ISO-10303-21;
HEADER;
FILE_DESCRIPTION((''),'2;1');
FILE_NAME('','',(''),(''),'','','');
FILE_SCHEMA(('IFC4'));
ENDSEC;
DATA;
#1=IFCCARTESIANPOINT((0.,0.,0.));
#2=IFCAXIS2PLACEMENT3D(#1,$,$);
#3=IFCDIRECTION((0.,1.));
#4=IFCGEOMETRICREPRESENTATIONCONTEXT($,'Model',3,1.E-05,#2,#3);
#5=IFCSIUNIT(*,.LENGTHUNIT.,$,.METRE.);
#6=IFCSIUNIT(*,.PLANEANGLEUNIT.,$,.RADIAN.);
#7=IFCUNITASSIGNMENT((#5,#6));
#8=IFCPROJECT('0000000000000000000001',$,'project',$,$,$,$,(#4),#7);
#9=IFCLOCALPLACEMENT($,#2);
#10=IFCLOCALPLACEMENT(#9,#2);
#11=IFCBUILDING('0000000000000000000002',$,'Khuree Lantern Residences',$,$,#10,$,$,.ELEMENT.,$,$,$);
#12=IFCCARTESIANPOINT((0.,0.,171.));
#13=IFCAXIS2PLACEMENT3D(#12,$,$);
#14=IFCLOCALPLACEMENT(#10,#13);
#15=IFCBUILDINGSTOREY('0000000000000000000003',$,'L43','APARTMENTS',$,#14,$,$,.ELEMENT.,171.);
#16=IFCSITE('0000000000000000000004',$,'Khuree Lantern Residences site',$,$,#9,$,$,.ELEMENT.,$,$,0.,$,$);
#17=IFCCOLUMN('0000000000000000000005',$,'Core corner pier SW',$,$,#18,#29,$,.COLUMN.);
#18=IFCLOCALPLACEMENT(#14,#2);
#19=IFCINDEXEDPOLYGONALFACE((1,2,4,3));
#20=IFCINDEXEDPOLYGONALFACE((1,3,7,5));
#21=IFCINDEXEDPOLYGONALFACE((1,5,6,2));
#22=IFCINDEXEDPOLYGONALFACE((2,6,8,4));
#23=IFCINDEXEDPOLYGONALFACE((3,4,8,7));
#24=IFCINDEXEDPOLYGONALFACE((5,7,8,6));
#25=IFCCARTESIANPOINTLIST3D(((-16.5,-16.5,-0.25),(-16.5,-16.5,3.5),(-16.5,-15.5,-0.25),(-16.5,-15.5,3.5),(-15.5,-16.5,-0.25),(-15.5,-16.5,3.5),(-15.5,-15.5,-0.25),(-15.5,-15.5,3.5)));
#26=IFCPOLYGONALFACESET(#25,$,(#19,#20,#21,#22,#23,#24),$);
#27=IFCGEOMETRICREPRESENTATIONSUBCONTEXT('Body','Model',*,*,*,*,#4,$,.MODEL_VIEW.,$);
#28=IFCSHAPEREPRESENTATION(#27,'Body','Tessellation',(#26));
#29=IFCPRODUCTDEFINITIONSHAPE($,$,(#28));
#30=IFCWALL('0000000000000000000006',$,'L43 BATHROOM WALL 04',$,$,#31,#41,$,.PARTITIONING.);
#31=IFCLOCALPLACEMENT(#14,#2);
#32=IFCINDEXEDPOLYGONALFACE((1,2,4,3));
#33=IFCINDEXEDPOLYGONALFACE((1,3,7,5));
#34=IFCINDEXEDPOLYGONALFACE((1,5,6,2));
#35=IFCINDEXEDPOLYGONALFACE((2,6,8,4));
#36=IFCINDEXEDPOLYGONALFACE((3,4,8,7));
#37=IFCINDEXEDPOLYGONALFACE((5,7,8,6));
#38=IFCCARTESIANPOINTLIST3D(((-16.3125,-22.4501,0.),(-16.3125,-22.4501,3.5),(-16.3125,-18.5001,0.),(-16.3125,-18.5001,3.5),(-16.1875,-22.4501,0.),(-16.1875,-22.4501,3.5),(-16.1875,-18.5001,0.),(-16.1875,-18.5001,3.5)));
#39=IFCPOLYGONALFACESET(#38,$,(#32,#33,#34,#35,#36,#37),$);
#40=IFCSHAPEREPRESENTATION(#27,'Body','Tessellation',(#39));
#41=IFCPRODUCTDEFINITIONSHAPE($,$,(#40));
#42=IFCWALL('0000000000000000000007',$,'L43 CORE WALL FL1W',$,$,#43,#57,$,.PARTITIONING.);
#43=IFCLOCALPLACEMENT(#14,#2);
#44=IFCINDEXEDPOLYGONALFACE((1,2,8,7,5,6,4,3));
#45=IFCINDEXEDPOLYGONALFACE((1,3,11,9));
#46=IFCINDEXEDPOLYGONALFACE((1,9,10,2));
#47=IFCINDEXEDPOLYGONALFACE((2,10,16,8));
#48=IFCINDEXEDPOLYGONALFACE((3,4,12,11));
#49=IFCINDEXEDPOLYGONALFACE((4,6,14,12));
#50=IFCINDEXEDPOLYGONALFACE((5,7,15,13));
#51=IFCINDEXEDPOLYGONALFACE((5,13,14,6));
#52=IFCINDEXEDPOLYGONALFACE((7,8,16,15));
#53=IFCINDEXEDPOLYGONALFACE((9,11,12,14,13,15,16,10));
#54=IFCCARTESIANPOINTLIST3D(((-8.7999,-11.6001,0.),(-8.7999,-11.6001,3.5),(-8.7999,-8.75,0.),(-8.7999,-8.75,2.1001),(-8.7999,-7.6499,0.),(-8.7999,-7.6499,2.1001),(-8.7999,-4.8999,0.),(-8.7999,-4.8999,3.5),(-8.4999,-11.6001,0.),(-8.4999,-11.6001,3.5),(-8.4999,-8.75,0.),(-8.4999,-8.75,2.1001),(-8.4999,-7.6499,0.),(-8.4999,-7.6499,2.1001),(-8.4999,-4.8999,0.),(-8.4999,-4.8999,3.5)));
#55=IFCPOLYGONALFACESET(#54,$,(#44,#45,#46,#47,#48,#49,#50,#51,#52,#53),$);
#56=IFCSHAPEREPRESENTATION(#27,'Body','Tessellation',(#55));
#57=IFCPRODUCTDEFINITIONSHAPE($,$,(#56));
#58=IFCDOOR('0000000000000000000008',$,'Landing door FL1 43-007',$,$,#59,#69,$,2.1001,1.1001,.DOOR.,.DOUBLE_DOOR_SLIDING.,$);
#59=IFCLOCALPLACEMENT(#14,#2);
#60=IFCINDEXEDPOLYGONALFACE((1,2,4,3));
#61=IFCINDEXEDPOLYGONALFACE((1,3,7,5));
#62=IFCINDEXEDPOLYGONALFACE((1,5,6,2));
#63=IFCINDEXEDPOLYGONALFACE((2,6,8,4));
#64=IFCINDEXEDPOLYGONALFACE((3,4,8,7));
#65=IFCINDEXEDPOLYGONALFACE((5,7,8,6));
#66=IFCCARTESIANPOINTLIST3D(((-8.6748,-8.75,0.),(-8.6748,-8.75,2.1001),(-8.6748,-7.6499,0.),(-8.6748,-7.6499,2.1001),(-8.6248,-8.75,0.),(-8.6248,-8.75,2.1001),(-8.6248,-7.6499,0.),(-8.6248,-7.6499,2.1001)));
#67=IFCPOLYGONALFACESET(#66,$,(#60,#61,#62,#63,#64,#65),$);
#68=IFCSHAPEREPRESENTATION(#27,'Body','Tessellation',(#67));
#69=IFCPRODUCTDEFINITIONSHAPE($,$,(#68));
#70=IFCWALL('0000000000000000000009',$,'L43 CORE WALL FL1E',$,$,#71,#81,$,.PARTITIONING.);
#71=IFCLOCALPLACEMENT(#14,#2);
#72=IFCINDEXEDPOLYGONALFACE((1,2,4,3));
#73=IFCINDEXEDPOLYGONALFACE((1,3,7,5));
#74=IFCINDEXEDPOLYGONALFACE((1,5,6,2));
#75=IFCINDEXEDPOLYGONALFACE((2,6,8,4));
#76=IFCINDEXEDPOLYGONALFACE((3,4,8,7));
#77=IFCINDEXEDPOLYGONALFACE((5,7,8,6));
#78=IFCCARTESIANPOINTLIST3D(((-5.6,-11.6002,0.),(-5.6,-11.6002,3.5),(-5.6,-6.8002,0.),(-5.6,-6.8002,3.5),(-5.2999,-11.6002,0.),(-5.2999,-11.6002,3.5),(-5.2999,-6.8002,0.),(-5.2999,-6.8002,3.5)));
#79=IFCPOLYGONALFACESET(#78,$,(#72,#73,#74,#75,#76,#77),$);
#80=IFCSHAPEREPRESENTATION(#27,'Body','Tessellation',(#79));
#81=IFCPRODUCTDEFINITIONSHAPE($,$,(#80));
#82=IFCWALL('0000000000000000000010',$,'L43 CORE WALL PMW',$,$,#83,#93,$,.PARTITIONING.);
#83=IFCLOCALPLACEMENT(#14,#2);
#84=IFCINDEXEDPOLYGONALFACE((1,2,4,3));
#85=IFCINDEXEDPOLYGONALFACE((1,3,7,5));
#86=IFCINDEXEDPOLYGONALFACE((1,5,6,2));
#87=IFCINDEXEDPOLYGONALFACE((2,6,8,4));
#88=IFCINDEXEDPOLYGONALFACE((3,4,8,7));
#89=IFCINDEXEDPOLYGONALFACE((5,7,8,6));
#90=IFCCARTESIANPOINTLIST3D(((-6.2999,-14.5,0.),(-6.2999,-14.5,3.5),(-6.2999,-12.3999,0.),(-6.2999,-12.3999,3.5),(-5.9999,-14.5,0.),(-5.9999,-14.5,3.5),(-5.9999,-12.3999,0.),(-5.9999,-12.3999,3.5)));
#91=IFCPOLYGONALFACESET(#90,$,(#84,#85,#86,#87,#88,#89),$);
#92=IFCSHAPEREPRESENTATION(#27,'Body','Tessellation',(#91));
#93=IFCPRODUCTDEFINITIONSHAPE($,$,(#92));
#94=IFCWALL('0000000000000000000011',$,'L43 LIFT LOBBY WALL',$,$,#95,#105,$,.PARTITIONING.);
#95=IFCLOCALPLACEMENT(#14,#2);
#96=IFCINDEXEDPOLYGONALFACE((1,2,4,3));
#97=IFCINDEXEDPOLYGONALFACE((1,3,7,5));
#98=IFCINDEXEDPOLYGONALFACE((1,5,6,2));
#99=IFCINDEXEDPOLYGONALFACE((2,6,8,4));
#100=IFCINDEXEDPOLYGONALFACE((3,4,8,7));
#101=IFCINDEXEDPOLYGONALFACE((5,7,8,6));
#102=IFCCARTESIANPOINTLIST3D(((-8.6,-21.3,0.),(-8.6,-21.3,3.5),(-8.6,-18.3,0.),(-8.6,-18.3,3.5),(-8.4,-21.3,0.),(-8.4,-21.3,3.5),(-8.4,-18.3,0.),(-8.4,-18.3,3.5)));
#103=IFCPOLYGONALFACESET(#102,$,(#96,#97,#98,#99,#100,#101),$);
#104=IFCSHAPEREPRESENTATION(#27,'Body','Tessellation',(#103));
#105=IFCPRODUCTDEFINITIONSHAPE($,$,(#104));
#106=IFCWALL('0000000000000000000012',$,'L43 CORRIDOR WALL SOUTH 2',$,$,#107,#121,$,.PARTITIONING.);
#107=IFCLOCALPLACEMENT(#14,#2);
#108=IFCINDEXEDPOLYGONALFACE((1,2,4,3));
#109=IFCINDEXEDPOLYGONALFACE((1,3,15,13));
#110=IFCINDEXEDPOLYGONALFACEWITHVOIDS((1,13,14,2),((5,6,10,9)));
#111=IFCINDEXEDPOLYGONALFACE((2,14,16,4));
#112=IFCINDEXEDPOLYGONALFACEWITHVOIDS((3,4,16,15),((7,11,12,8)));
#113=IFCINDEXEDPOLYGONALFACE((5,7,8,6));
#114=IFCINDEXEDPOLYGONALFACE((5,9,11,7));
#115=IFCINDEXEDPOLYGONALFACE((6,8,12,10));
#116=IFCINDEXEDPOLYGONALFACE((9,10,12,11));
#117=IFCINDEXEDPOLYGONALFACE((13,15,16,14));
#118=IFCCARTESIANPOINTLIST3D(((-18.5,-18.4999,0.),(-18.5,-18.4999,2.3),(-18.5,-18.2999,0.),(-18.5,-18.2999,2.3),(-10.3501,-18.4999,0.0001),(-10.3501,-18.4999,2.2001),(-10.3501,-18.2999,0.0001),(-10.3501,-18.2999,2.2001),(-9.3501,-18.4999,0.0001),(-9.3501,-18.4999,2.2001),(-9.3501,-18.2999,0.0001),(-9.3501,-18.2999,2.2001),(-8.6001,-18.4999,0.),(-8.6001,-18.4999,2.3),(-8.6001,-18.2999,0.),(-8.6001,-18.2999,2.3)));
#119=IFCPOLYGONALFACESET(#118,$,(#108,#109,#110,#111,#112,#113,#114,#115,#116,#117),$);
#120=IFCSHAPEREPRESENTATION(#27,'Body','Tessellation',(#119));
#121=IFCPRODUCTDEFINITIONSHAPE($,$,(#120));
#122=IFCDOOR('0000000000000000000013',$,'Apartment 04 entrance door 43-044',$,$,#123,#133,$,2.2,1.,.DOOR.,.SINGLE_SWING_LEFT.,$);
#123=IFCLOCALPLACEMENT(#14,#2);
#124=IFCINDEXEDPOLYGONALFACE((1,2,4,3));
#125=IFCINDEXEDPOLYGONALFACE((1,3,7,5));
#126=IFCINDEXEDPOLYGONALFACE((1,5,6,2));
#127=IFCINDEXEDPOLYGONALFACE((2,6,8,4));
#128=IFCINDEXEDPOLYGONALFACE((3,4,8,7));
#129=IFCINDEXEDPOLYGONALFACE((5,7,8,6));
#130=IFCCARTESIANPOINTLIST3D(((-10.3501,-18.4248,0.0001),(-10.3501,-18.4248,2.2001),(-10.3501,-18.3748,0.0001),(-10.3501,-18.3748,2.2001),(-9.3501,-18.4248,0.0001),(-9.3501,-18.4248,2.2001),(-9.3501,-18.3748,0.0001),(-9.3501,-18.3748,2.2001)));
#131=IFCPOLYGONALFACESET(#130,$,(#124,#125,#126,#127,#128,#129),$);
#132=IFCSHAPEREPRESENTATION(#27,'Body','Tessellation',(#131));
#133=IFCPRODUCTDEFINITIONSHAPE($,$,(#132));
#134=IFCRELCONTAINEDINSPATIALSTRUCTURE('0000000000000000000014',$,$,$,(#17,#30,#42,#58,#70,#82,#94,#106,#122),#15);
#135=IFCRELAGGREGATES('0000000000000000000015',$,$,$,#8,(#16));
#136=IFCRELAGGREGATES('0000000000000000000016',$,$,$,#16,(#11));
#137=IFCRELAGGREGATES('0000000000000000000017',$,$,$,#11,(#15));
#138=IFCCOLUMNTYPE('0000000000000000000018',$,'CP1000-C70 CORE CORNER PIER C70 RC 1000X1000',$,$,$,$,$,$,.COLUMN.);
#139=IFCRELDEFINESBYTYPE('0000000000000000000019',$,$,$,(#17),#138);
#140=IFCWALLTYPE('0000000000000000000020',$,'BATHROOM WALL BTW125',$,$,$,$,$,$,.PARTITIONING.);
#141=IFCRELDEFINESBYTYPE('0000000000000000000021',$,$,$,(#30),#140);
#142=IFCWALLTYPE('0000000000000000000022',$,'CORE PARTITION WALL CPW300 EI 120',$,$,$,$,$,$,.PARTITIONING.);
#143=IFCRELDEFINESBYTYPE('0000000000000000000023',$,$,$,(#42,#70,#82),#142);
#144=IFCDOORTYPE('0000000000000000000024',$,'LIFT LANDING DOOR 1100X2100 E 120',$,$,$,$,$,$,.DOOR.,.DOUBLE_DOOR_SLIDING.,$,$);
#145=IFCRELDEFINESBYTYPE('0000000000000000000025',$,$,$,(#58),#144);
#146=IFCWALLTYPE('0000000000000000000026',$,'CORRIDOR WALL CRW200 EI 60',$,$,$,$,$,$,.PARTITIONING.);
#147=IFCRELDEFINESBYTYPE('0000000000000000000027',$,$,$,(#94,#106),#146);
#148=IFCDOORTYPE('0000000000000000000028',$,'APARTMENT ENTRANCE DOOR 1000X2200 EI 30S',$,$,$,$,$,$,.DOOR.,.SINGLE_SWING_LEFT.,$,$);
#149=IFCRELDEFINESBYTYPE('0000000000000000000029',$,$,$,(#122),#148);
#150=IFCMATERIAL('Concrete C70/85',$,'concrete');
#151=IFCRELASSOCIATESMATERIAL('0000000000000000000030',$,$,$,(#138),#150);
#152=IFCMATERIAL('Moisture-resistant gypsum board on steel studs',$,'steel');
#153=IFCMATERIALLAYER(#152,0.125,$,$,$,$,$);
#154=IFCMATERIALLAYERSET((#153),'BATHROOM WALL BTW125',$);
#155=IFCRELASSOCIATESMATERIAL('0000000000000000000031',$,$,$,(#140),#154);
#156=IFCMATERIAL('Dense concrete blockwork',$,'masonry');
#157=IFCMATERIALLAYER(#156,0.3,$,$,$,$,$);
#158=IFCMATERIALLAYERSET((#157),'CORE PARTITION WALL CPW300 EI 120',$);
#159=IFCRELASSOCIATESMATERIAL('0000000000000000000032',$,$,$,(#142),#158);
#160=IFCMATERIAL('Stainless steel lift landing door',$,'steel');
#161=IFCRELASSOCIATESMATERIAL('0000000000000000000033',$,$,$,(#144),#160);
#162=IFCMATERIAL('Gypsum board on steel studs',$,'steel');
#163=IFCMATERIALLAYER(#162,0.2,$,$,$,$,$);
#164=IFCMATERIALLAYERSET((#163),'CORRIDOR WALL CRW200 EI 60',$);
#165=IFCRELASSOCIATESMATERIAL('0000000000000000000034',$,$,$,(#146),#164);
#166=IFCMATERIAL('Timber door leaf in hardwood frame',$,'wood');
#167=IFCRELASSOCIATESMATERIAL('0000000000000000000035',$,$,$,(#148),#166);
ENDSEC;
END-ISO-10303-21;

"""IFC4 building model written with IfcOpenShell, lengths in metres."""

from ifc_helpers import new_model, si_unit, direction, frame, frame_2d, origin, origin_2d, place, context, subcontext, project, spatial, rectangle, extrude, material, layer, layer_set, material_profile, profile_set, type_object, element, fill, save


model = new_model("IFC4")

# Units and contexts
model_context = context("Model", 3, precision=1e-05, world=origin(), true_north=direction((0.0, 1.0)))
body_context = subcontext(model_context, "Body", "Model", "MODEL_VIEW")
ifc_project = project(units=[si_unit("LENGTHUNIT", "METRE"), si_unit("PLANEANGLEUNIT", "RADIAN")], contexts=[model_context])

# Site, building, storey
site_placement = place(None, origin())
site = spatial("IfcSite", under=ifc_project, at=site_placement, Name="Khuree Lantern Residences site", CompositionType="ELEMENT", RefElevation=0.0)
building_placement = place(site_placement, origin())
building = spatial("IfcBuilding", under=site, at=building_placement, Name="Khuree Lantern Residences", CompositionType="ELEMENT")
storey_placement = place(building_placement, frame((0.0, 0.0, 171.0)))
storey = spatial("IfcBuildingStorey", under=building, at=storey_placement, Name="L43", Description="APARTMENTS", CompositionType="ELEMENT", Elevation=171.0)

# Column
ifc_material_1 = material(Name="Concrete C70/85", Category="concrete")
ifc_material_profile = material_profile(ifc_material_1, rectangle(XDim=1.0, YDim=1.0, at=origin_2d()), Name="RC 1000X1000")
ifc_profile_set = profile_set([ifc_material_profile], Name="Concrete C70/85")
column_type = type_object("IfcColumnType", Name="CP1000-C70 CORE CORNER PIER C70 RC 1000X1000", PredefinedType="COLUMN", material=ifc_profile_set)
column_placement = place(storey_placement, frame((-16.0, -16.0, -0.25), z_axis=(0.0, 0.0, 1.0), x_axis=(1.0, 0.0, 0.0)))
element("IfcColumn", 1, at=column_placement, inside=storey, type_object=column_type, Name="Core corner pier SW", PredefinedType="COLUMN", context=body_context, shape_type="SweptSolid", body=[
    extrude(rectangle(XDim=1.0, YDim=1.0, at=origin_2d()), origin(), (0.0, 0.0, 1.0), 3.75),
])

# Wall
ifc_material_2 = material(Name="Moisture-resistant gypsum board on steel studs", Category="steel")
ifc_layer_1 = layer(ifc_material_2, 0.125)
ifc_layer_set_1 = layer_set([ifc_layer_1], Name="BATHROOM WALL BTW125")
wall_type_1 = type_object("IfcWallType", Name="BATHROOM WALL BTW125", PredefinedType="PARTITIONING", material=ifc_layer_set_1)
wall_1_placement = place(storey_placement, frame((-16.25, -18.5, 0.0), z_axis=(0.0, 0.0, 1.0), x_axis=(0.0, -1.0, 0.0)))
element("IfcWall", 2, at=wall_1_placement, inside=storey, type_object=wall_type_1, Name="L43 BATHROOM WALL 04", PredefinedType="PARTITIONING", context=body_context, shape_type="SweptSolid", body=[
    extrude(rectangle(XDim=3.95, YDim=0.125, at=frame_2d((1.9751, 0.0))), origin(), (0.0, 0.0, 1.0), 3.5),
])

# Wall, opening, door
ifc_material_3 = material(Name="Dense concrete blockwork", Category="masonry")
ifc_layer_2 = layer(ifc_material_3, 0.3)
ifc_layer_set_2 = layer_set([ifc_layer_2], Name="CORE PARTITION WALL CPW300 EI 120")
wall_type_2 = type_object("IfcWallType", Name="CORE PARTITION WALL CPW300 EI 120", PredefinedType="PARTITIONING", material=ifc_layer_set_2)
wall_2_placement = place(storey_placement, frame((-8.6499, -11.6001, 0.0), z_axis=(0.0, 0.0, 1.0), x_axis=(0.0, 1.0, 0.0)))
wall_2 = element("IfcWall", 3, at=wall_2_placement, inside=storey, type_object=wall_type_2, Name="L43 CORE WALL FL1W", PredefinedType="PARTITIONING", context=body_context, shape_type="SweptSolid", body=[
    extrude(rectangle(XDim=6.7002, YDim=0.3, at=frame_2d((3.3501, 0.0))), origin(), (0.0, 0.0, 1.0), 3.5),
])
opening_1_placement = place(wall_2_placement, frame((2.8501, 0.0, 0.0)))
opening_1 = element("IfcOpeningElement", 4, at=opening_1_placement, cuts=wall_2, PredefinedType="OPENING", context=body_context, shape_type="SweptSolid", body=[
    extrude(rectangle(XDim=1.1001, YDim=2.1001, at=frame_2d((0.55, 1.05))), frame((0.0, 0.1602, 0.0), z_axis=(0.0, -1.0, 0.0), x_axis=(1.0, 0.0, 0.0)), (0.0, 0.0, 1.0), 0.3201),
])
ifc_material_4 = material(Name="Stainless steel lift landing door", Category="steel")
door_type_1 = type_object("IfcDoorType", Name="LIFT LANDING DOOR 1100X2100 E 120", OperationType="DOUBLE_DOOR_SLIDING", PredefinedType="DOOR", material=ifc_material_4)
door_1_placement = place(opening_1_placement, origin())
door_1 = element("IfcDoor", 5, at=door_1_placement, inside=storey, type_object=door_type_1, Name="Landing door FL1 43-007", OperationType="DOUBLE_DOOR_SLIDING", OverallHeight=2.1001, OverallWidth=1.1001, PredefinedType="DOOR", context=body_context, shape_type="SweptSolid", body=[
    extrude(rectangle(XDim=1.1001, YDim=2.1001, at=frame_2d((0.55, 1.05))), frame((0.0, 0.0249, 0.0), z_axis=(0.0, -1.0, 0.0), x_axis=(1.0, 0.0, 0.0)), (0.0, 0.0, 1.0), 0.05),
])
fill(opening_1, door_1)

# Walls
wall_3_placement = place(storey_placement, frame((-5.45, -11.6001, 0.0), z_axis=(0.0, 0.0, 1.0), x_axis=(0.0, 1.0, 0.0)))
element("IfcWall", 6, at=wall_3_placement, inside=storey, type_object=wall_type_2, Name="L43 CORE WALL FL1E", PredefinedType="PARTITIONING", context=body_context, shape_type="SweptSolid", body=[
    extrude(rectangle(XDim=4.8, YDim=0.3, at=frame_2d((2.3999, 0.0))), origin(), (0.0, 0.0, 1.0), 3.5),
])
wall_4_placement = place(storey_placement, frame((-6.1499, -14.5, 0.0), z_axis=(0.0, 0.0, 1.0), x_axis=(0.0, 1.0, 0.0)))
element("IfcWall", 7, at=wall_4_placement, inside=storey, type_object=wall_type_2, Name="L43 CORE WALL PMW", PredefinedType="PARTITIONING", context=body_context, shape_type="SweptSolid", body=[
    extrude(rectangle(XDim=2.1001, YDim=0.3, at=frame_2d((1.05, 0.0))), origin(), (0.0, 0.0, 1.0), 3.5),
])
ifc_material_5 = material(Name="Gypsum board on steel studs", Category="steel")
ifc_layer_3 = layer(ifc_material_5, 0.2)
ifc_layer_set_3 = layer_set([ifc_layer_3], Name="CORRIDOR WALL CRW200 EI 60")
wall_type_3 = type_object("IfcWallType", Name="CORRIDOR WALL CRW200 EI 60", PredefinedType="PARTITIONING", material=ifc_layer_set_3)
wall_5_placement = place(storey_placement, frame((-8.5, -18.3, 0.0), z_axis=(0.0, 0.0, 1.0), x_axis=(0.0, -1.0, 0.0)))
element("IfcWall", 8, at=wall_5_placement, inside=storey, type_object=wall_type_3, Name="L43 LIFT LOBBY WALL", PredefinedType="PARTITIONING", context=body_context, shape_type="SweptSolid", body=[
    extrude(rectangle(XDim=3.0, YDim=0.2, at=frame_2d((1.5, 0.0))), origin(), (0.0, 0.0, 1.0), 3.5),
])

# Wall, opening, door
wall_6_placement = place(storey_placement, frame((-8.6001, -18.3999, 0.0), z_axis=(0.0, 0.0, 1.0), x_axis=(-1.0, 0.0, 0.0)))
wall_6 = element("IfcWall", 9, at=wall_6_placement, inside=storey, type_object=wall_type_3, Name="L43 CORRIDOR WALL SOUTH 2", PredefinedType="PARTITIONING", context=body_context, shape_type="SweptSolid", body=[
    extrude(rectangle(XDim=9.8999, YDim=0.2, at=frame_2d((4.95, 0.0))), origin(), (0.0, 0.0, 1.0), 2.3),
])
opening_2_placement = place(wall_6_placement, frame((0.75, 0.0, 0.0)))
opening_2 = element("IfcOpeningElement", 10, at=opening_2_placement, cuts=wall_6, PredefinedType="OPENING", context=body_context, shape_type="SweptSolid", body=[
    extrude(rectangle(XDim=1.0, YDim=2.2, at=frame_2d((0.5, 1.1001))), frame((0.0, 0.1099, 0.0), z_axis=(0.0, -1.0, 0.0), x_axis=(1.0, 0.0, 0.0)), (0.0, 0.0, 1.0), 0.22),
])
ifc_material_6 = material(Name="Timber door leaf in hardwood frame", Category="wood")
door_type_2 = type_object("IfcDoorType", Name="APARTMENT ENTRANCE DOOR 1000X2200 EI 30S", OperationType="SINGLE_SWING_LEFT", PredefinedType="DOOR", material=ifc_material_6)
door_2_placement = place(opening_2_placement, origin())
door_2 = element("IfcDoor", 11, at=door_2_placement, inside=storey, type_object=door_type_2, Name="Apartment 04 entrance door 43-044", OperationType="SINGLE_SWING_LEFT", OverallHeight=2.2, OverallWidth=1.0, PredefinedType="DOOR", context=body_context, shape_type="SweptSolid", body=[
    extrude(rectangle(XDim=1.0, YDim=2.2, at=frame_2d((0.5, 1.1001))), frame((0.0, 0.0249, 0.0), z_axis=(0.0, -1.0, 0.0), x_axis=(1.0, 0.0, 0.0)), (0.0, 0.0, 1.0), 0.05),
])
fill(opening_2, door_2)

save(model, "model.ifc")
